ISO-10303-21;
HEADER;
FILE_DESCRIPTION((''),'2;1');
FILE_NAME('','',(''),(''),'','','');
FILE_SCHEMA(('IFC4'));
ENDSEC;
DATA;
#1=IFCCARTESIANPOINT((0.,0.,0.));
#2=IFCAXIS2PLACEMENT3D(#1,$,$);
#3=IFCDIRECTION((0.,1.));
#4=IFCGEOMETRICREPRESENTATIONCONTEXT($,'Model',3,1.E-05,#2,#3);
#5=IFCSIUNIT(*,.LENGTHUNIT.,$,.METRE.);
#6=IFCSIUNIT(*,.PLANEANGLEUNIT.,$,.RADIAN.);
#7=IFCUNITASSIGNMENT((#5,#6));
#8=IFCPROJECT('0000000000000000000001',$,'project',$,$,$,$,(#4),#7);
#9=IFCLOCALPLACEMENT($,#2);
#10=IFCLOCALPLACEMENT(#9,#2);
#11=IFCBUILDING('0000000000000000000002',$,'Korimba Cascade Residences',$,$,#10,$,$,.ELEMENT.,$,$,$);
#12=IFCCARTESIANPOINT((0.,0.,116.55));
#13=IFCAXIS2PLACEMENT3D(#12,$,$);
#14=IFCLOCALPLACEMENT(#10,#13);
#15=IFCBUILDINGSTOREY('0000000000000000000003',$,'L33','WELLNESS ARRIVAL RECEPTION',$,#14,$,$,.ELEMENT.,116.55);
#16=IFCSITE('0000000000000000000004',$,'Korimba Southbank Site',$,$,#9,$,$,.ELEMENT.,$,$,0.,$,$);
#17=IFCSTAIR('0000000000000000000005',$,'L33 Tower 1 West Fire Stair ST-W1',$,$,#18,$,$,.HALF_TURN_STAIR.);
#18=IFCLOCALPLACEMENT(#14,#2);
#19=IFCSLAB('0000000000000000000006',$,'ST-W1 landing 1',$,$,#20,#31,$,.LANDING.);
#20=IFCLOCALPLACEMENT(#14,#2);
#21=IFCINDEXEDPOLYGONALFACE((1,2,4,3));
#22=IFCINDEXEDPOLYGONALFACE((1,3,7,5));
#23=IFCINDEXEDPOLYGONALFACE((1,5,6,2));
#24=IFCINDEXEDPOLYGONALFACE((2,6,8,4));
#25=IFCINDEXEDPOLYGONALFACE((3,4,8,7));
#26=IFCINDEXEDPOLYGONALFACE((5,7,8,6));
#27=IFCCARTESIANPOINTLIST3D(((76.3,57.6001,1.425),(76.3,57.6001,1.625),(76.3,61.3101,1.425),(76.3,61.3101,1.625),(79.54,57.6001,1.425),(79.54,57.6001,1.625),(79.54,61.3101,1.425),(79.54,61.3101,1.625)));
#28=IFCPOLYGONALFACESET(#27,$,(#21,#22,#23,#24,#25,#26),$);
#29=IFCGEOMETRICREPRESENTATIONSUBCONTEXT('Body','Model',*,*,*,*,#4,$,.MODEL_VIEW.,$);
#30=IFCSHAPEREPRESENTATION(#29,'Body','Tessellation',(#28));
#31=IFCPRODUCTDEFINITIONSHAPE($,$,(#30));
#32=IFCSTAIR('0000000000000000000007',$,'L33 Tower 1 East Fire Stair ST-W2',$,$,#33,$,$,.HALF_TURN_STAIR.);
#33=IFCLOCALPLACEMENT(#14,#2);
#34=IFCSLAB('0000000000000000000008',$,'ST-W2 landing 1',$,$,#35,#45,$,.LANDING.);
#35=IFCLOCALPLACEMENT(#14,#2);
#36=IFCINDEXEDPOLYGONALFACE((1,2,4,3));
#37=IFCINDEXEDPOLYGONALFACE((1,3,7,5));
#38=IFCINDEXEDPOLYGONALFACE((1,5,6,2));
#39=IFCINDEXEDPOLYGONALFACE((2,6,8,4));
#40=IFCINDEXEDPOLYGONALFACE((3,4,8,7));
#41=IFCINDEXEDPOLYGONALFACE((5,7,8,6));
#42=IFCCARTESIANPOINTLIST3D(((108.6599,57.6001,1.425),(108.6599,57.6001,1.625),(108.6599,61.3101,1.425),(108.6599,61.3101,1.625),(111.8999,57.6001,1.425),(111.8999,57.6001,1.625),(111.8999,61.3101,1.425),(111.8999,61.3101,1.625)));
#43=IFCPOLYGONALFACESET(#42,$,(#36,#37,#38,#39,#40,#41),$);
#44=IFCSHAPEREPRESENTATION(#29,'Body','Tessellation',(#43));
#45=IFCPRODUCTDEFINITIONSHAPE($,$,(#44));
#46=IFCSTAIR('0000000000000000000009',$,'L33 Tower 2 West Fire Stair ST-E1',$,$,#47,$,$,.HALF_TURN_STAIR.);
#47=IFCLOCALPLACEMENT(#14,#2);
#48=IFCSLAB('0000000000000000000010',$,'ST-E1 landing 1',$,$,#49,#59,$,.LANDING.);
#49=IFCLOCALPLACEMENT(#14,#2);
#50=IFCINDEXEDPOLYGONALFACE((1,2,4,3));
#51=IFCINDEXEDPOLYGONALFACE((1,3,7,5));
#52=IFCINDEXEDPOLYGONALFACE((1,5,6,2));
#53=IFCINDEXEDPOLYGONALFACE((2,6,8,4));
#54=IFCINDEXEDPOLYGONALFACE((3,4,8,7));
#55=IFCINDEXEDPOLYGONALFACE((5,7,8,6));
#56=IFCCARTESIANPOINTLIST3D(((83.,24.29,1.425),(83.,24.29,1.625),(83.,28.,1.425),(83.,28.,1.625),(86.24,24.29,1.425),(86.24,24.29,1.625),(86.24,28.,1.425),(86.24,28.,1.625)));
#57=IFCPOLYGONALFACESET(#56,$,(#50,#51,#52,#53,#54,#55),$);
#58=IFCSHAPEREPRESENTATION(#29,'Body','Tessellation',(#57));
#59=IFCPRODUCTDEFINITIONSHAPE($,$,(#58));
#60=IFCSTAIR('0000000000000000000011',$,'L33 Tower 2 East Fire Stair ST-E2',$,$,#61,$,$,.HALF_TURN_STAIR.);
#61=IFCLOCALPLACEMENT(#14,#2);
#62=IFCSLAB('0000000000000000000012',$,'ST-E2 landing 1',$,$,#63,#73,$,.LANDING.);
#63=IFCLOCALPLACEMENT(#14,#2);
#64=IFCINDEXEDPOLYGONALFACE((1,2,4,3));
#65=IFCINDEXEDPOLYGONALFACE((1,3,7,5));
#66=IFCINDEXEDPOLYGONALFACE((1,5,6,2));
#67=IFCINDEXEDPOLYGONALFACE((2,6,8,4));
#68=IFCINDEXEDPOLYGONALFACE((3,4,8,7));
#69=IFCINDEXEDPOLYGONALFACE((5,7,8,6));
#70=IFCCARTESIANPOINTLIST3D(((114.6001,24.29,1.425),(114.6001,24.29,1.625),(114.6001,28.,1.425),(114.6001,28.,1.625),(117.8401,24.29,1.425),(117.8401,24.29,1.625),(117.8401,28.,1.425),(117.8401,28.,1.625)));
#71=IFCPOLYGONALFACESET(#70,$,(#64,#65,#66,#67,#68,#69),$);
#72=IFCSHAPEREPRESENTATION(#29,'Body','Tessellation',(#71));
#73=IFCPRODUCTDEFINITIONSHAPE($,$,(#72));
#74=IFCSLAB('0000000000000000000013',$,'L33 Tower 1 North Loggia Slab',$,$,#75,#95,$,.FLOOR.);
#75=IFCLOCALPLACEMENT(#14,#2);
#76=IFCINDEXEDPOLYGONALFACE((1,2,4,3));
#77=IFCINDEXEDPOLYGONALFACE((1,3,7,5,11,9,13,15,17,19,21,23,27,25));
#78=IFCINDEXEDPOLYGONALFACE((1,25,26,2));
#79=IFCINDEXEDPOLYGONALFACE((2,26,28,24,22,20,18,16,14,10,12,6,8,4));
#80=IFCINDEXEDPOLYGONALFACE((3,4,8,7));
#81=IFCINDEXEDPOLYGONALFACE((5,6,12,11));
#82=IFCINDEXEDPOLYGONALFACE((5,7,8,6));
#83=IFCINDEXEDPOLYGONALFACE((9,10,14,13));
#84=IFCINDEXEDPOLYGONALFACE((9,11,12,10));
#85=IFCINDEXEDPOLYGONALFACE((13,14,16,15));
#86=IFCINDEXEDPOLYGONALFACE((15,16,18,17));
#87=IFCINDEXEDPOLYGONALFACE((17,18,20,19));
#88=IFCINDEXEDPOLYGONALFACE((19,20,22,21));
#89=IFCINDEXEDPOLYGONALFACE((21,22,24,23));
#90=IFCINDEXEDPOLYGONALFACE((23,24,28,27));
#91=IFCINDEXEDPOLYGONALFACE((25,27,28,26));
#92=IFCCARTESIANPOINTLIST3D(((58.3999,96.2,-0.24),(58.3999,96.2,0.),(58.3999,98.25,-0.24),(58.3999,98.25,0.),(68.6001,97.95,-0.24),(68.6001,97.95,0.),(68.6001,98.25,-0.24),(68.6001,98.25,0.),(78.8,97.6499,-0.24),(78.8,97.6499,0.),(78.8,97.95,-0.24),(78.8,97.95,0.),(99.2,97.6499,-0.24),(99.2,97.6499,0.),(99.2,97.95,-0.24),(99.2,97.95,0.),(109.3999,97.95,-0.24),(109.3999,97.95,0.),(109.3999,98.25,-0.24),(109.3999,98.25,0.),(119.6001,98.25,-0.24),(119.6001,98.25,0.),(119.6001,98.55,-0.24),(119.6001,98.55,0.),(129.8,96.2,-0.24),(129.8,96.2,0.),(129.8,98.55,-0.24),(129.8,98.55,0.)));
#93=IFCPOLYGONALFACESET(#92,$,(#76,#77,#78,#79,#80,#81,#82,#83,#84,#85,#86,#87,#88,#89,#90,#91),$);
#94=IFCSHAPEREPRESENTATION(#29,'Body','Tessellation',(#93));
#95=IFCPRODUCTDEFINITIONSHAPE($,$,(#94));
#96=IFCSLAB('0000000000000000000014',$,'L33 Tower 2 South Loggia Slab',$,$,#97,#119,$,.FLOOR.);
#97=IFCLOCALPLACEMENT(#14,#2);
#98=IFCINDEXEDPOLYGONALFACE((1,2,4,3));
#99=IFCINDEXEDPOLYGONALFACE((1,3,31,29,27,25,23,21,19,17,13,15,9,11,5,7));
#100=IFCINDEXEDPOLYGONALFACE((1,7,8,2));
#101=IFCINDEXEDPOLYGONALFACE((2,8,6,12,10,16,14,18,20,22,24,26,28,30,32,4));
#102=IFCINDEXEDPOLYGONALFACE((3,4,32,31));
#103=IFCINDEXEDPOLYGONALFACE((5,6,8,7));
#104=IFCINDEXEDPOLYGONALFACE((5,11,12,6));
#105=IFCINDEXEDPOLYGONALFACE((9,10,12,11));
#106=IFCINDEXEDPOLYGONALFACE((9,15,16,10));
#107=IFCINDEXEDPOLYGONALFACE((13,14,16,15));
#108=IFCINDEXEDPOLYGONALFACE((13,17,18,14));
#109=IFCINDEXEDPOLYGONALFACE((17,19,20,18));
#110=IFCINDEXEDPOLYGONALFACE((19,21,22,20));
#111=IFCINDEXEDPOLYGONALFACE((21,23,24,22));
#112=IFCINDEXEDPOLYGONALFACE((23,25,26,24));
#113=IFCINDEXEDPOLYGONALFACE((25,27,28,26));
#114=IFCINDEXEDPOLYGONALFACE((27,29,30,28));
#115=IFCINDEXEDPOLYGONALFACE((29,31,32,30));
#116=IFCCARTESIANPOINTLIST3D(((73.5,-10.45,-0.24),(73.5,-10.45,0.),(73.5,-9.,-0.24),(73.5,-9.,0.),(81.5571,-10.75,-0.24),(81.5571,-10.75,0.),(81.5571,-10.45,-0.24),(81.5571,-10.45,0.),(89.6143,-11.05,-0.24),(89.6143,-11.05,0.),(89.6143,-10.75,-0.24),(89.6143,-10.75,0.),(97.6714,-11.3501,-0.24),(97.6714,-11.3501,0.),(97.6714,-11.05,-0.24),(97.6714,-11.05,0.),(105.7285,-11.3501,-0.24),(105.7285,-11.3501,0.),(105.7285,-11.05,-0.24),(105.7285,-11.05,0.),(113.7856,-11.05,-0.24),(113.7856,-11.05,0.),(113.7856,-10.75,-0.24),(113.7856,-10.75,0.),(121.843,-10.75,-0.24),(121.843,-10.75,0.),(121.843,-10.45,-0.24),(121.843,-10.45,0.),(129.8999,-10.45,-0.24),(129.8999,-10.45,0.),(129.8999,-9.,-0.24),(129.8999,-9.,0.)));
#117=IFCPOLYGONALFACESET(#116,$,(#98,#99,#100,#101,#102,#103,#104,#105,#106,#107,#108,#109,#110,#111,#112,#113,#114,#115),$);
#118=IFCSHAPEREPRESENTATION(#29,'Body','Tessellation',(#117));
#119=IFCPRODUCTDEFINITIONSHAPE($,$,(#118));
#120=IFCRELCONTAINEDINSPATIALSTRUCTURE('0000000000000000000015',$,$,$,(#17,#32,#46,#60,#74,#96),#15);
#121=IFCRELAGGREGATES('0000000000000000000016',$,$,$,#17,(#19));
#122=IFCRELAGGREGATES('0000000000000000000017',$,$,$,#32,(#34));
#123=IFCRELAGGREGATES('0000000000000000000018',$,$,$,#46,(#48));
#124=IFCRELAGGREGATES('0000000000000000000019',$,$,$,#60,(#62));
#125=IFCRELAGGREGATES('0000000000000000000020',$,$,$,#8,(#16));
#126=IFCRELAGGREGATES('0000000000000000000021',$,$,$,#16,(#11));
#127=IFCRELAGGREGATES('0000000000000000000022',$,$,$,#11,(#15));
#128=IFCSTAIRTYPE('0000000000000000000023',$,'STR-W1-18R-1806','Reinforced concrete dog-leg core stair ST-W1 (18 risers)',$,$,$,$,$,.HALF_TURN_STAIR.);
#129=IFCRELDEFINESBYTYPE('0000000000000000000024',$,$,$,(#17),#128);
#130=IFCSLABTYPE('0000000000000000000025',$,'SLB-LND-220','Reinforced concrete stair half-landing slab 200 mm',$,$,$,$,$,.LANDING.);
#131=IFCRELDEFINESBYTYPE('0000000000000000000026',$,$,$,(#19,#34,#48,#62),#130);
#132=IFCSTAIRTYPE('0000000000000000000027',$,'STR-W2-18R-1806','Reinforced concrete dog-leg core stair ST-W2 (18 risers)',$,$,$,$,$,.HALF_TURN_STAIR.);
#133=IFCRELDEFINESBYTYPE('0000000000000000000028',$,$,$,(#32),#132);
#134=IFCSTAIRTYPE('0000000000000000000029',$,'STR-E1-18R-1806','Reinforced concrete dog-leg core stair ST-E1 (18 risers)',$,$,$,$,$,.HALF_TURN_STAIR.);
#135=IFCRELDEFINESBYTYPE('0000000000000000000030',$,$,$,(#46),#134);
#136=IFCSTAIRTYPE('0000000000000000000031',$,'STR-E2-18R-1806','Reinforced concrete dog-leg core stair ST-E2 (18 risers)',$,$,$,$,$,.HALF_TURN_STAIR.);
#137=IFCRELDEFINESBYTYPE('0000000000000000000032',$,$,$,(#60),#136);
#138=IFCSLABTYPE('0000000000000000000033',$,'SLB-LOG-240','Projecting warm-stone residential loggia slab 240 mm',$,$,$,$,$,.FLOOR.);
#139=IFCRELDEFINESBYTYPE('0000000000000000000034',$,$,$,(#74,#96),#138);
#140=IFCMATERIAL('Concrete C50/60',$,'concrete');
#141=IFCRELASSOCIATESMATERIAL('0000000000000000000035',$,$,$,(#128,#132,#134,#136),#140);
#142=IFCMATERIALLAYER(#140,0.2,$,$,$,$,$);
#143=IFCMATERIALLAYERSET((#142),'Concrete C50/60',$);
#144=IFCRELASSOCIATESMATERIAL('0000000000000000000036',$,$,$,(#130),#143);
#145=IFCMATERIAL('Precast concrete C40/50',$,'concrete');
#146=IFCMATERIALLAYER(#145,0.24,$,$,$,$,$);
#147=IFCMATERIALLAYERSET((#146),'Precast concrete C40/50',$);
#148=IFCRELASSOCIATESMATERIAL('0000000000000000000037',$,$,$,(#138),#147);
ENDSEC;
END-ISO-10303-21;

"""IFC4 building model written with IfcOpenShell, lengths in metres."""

from ifc_helpers import new_model, si_unit, direction, frame, origin, place, context, subcontext, project, spatial, polyline, outline, extrude, material, layer, layer_set, type_object, element, aggregate, save


model = new_model("IFC4")

# Units and contexts
model_context = context("Model", 3, precision=1e-05, world=origin(), true_north=direction((0.0, 1.0)))
body_context = subcontext(model_context, "Body", "Model", "MODEL_VIEW")
ifc_project = project(units=[si_unit("LENGTHUNIT", "METRE"), si_unit("PLANEANGLEUNIT", "RADIAN")], contexts=[model_context])

# Site, building, storey
site_placement = place(None, origin())
site = spatial("IfcSite", under=ifc_project, at=site_placement, Name="Korimba Southbank Site", CompositionType="ELEMENT", RefElevation=0.0)
building_placement = place(site_placement, origin())
building = spatial("IfcBuilding", under=site, at=building_placement, Name="Korimba Cascade Residences", CompositionType="ELEMENT")
storey_placement = place(building_placement, frame((0.0, 0.0, 116.55)))
storey = spatial("IfcBuildingStorey", under=building, at=storey_placement, Name="L33", Description="WELLNESS ARRIVAL RECEPTION", CompositionType="ELEMENT", Elevation=116.55)

# Stairs, slabs
ifc_material_1 = material(Name="Concrete C50/60", Category="concrete")
stair_type_1 = type_object("IfcStairType", Name="STR-W1-18R-1806", Description="Reinforced concrete dog-leg core stair ST-W1 (18 risers)", PredefinedType="HALF_TURN_STAIR", material=ifc_material_1)
stair_1_placement = place(storey_placement, origin())
stair_1 = element("IfcStair", 1, at=stair_1_placement, inside=storey, type_object=stair_type_1, Name="L33 Tower 1 West Fire Stair ST-W1", PredefinedType="HALF_TURN_STAIR")
ifc_layer_1 = layer(ifc_material_1, 0.2)
ifc_layer_set_1 = layer_set([ifc_layer_1], Name="Concrete C50/60")
slab_type_1 = type_object("IfcSlabType", Name="SLB-LND-220", Description="Reinforced concrete stair half-landing slab 200 mm", PredefinedType="LANDING", material=ifc_layer_set_1)
slab_1_placement = place(storey_placement, frame((0.0, 0.0, 1.425)))
slab_1 = element("IfcSlab", 2, at=slab_1_placement, type_object=slab_type_1, Name="ST-W1 landing 1", PredefinedType="LANDING", context=body_context, shape_type="SweptSolid", body=[
    extrude(outline(polyline([(76.3, 61.3101), (76.3, 57.6001), (79.54, 57.6001), (79.54, 61.3101), (76.3, 61.3101)])), origin(), (0.0, 0.0, 1.0), 0.2),
])
aggregate(stair_1, [slab_1])
stair_type_2 = type_object("IfcStairType", Name="STR-W2-18R-1806", Description="Reinforced concrete dog-leg core stair ST-W2 (18 risers)", PredefinedType="HALF_TURN_STAIR", material=ifc_material_1)
stair_2_placement = place(storey_placement, origin())
stair_2 = element("IfcStair", 3, at=stair_2_placement, inside=storey, type_object=stair_type_2, Name="L33 Tower 1 East Fire Stair ST-W2", PredefinedType="HALF_TURN_STAIR")
slab_2_placement = place(storey_placement, frame((0.0, 0.0, 1.425)))
slab_2 = element("IfcSlab", 4, at=slab_2_placement, type_object=slab_type_1, Name="ST-W2 landing 1", PredefinedType="LANDING", context=body_context, shape_type="SweptSolid", body=[
    extrude(outline(polyline([(108.6599, 61.3101), (108.6599, 57.6001), (111.8999, 57.6001), (111.8999, 61.3101), (108.6599, 61.3101)])), origin(), (0.0, 0.0, 1.0), 0.2),
])
aggregate(stair_2, [slab_2])
stair_type_3 = type_object("IfcStairType", Name="STR-E1-18R-1806", Description="Reinforced concrete dog-leg core stair ST-E1 (18 risers)", PredefinedType="HALF_TURN_STAIR", material=ifc_material_1)
stair_3_placement = place(storey_placement, origin())
stair_3 = element("IfcStair", 5, at=stair_3_placement, inside=storey, type_object=stair_type_3, Name="L33 Tower 2 West Fire Stair ST-E1", PredefinedType="HALF_TURN_STAIR")
slab_3_placement = place(storey_placement, frame((0.0, 0.0, 1.425)))
slab_3 = element("IfcSlab", 6, at=slab_3_placement, type_object=slab_type_1, Name="ST-E1 landing 1", PredefinedType="LANDING", context=body_context, shape_type="SweptSolid", body=[
    extrude(outline(polyline([(86.24, 24.29), (86.24, 28.0), (83.0, 28.0), (83.0, 24.29), (86.24, 24.29)])), origin(), (0.0, 0.0, 1.0), 0.2),
])
aggregate(stair_3, [slab_3])
stair_type_4 = type_object("IfcStairType", Name="STR-E2-18R-1806", Description="Reinforced concrete dog-leg core stair ST-E2 (18 risers)", PredefinedType="HALF_TURN_STAIR", material=ifc_material_1)
stair_4_placement = place(storey_placement, origin())
stair_4 = element("IfcStair", 7, at=stair_4_placement, inside=storey, type_object=stair_type_4, Name="L33 Tower 2 East Fire Stair ST-E2", PredefinedType="HALF_TURN_STAIR")
slab_4_placement = place(storey_placement, frame((0.0, 0.0, 1.425)))
slab_4 = element("IfcSlab", 8, at=slab_4_placement, type_object=slab_type_1, Name="ST-E2 landing 1", PredefinedType="LANDING", context=body_context, shape_type="SweptSolid", body=[
    extrude(outline(polyline([(117.8401, 24.29), (117.8401, 28.0), (114.6001, 28.0), (114.6001, 24.29), (117.8401, 24.29)])), origin(), (0.0, 0.0, 1.0), 0.2),
])
aggregate(stair_4, [slab_4])

# Slabs
ifc_material_2 = material(Name="Precast concrete C40/50", Category="concrete")
ifc_layer_2 = layer(ifc_material_2, 0.24)
ifc_layer_set_2 = layer_set([ifc_layer_2], Name="Precast concrete C40/50")
slab_type_2 = type_object("IfcSlabType", Name="SLB-LOG-240", Description="Projecting warm-stone residential loggia slab 240 mm", PredefinedType="FLOOR", material=ifc_layer_set_2)
slab_5_placement = place(storey_placement, frame((0.0, 0.0, -0.24)))
element("IfcSlab", 9, at=slab_5_placement, inside=storey, type_object=slab_type_2, Name="L33 Tower 1 North Loggia Slab", PredefinedType="FLOOR", context=body_context, shape_type="SweptSolid", body=[
    extrude(outline(polyline([(58.3999, 96.2), (129.8, 96.2), (129.8, 98.55), (119.6001, 98.55), (119.6001, 98.25), (109.3999, 98.25), (109.3999, 97.95), (99.2, 97.95), (99.2, 97.6499), (78.8, 97.6499), (78.8, 97.95), (68.6001, 97.95), (68.6001, 98.25), (58.3999, 98.25), (58.3999, 96.2)])), origin(), (0.0, 0.0, 1.0), 0.24),
])
slab_6_placement = place(storey_placement, frame((0.0, 0.0, -0.24)))
element("IfcSlab", 10, at=slab_6_placement, inside=storey, type_object=slab_type_2, Name="L33 Tower 2 South Loggia Slab", PredefinedType="FLOOR", context=body_context, shape_type="SweptSolid", body=[
    extrude(outline(polyline([(73.5, -10.45), (81.5571, -10.45), (81.5571, -10.75), (89.6143, -10.75), (89.6143, -11.05), (97.6714, -11.05), (97.6714, -11.3501), (105.7285, -11.3501), (105.7285, -11.05), (113.7856, -11.05), (113.7856, -10.75), (121.843, -10.75), (121.843, -10.45), (129.8999, -10.45), (129.8999, -9.0), (73.5, -9.0), (73.5, -10.45)])), origin(), (0.0, 0.0, 1.0), 0.24),
])

save(model, "model.ifc")
